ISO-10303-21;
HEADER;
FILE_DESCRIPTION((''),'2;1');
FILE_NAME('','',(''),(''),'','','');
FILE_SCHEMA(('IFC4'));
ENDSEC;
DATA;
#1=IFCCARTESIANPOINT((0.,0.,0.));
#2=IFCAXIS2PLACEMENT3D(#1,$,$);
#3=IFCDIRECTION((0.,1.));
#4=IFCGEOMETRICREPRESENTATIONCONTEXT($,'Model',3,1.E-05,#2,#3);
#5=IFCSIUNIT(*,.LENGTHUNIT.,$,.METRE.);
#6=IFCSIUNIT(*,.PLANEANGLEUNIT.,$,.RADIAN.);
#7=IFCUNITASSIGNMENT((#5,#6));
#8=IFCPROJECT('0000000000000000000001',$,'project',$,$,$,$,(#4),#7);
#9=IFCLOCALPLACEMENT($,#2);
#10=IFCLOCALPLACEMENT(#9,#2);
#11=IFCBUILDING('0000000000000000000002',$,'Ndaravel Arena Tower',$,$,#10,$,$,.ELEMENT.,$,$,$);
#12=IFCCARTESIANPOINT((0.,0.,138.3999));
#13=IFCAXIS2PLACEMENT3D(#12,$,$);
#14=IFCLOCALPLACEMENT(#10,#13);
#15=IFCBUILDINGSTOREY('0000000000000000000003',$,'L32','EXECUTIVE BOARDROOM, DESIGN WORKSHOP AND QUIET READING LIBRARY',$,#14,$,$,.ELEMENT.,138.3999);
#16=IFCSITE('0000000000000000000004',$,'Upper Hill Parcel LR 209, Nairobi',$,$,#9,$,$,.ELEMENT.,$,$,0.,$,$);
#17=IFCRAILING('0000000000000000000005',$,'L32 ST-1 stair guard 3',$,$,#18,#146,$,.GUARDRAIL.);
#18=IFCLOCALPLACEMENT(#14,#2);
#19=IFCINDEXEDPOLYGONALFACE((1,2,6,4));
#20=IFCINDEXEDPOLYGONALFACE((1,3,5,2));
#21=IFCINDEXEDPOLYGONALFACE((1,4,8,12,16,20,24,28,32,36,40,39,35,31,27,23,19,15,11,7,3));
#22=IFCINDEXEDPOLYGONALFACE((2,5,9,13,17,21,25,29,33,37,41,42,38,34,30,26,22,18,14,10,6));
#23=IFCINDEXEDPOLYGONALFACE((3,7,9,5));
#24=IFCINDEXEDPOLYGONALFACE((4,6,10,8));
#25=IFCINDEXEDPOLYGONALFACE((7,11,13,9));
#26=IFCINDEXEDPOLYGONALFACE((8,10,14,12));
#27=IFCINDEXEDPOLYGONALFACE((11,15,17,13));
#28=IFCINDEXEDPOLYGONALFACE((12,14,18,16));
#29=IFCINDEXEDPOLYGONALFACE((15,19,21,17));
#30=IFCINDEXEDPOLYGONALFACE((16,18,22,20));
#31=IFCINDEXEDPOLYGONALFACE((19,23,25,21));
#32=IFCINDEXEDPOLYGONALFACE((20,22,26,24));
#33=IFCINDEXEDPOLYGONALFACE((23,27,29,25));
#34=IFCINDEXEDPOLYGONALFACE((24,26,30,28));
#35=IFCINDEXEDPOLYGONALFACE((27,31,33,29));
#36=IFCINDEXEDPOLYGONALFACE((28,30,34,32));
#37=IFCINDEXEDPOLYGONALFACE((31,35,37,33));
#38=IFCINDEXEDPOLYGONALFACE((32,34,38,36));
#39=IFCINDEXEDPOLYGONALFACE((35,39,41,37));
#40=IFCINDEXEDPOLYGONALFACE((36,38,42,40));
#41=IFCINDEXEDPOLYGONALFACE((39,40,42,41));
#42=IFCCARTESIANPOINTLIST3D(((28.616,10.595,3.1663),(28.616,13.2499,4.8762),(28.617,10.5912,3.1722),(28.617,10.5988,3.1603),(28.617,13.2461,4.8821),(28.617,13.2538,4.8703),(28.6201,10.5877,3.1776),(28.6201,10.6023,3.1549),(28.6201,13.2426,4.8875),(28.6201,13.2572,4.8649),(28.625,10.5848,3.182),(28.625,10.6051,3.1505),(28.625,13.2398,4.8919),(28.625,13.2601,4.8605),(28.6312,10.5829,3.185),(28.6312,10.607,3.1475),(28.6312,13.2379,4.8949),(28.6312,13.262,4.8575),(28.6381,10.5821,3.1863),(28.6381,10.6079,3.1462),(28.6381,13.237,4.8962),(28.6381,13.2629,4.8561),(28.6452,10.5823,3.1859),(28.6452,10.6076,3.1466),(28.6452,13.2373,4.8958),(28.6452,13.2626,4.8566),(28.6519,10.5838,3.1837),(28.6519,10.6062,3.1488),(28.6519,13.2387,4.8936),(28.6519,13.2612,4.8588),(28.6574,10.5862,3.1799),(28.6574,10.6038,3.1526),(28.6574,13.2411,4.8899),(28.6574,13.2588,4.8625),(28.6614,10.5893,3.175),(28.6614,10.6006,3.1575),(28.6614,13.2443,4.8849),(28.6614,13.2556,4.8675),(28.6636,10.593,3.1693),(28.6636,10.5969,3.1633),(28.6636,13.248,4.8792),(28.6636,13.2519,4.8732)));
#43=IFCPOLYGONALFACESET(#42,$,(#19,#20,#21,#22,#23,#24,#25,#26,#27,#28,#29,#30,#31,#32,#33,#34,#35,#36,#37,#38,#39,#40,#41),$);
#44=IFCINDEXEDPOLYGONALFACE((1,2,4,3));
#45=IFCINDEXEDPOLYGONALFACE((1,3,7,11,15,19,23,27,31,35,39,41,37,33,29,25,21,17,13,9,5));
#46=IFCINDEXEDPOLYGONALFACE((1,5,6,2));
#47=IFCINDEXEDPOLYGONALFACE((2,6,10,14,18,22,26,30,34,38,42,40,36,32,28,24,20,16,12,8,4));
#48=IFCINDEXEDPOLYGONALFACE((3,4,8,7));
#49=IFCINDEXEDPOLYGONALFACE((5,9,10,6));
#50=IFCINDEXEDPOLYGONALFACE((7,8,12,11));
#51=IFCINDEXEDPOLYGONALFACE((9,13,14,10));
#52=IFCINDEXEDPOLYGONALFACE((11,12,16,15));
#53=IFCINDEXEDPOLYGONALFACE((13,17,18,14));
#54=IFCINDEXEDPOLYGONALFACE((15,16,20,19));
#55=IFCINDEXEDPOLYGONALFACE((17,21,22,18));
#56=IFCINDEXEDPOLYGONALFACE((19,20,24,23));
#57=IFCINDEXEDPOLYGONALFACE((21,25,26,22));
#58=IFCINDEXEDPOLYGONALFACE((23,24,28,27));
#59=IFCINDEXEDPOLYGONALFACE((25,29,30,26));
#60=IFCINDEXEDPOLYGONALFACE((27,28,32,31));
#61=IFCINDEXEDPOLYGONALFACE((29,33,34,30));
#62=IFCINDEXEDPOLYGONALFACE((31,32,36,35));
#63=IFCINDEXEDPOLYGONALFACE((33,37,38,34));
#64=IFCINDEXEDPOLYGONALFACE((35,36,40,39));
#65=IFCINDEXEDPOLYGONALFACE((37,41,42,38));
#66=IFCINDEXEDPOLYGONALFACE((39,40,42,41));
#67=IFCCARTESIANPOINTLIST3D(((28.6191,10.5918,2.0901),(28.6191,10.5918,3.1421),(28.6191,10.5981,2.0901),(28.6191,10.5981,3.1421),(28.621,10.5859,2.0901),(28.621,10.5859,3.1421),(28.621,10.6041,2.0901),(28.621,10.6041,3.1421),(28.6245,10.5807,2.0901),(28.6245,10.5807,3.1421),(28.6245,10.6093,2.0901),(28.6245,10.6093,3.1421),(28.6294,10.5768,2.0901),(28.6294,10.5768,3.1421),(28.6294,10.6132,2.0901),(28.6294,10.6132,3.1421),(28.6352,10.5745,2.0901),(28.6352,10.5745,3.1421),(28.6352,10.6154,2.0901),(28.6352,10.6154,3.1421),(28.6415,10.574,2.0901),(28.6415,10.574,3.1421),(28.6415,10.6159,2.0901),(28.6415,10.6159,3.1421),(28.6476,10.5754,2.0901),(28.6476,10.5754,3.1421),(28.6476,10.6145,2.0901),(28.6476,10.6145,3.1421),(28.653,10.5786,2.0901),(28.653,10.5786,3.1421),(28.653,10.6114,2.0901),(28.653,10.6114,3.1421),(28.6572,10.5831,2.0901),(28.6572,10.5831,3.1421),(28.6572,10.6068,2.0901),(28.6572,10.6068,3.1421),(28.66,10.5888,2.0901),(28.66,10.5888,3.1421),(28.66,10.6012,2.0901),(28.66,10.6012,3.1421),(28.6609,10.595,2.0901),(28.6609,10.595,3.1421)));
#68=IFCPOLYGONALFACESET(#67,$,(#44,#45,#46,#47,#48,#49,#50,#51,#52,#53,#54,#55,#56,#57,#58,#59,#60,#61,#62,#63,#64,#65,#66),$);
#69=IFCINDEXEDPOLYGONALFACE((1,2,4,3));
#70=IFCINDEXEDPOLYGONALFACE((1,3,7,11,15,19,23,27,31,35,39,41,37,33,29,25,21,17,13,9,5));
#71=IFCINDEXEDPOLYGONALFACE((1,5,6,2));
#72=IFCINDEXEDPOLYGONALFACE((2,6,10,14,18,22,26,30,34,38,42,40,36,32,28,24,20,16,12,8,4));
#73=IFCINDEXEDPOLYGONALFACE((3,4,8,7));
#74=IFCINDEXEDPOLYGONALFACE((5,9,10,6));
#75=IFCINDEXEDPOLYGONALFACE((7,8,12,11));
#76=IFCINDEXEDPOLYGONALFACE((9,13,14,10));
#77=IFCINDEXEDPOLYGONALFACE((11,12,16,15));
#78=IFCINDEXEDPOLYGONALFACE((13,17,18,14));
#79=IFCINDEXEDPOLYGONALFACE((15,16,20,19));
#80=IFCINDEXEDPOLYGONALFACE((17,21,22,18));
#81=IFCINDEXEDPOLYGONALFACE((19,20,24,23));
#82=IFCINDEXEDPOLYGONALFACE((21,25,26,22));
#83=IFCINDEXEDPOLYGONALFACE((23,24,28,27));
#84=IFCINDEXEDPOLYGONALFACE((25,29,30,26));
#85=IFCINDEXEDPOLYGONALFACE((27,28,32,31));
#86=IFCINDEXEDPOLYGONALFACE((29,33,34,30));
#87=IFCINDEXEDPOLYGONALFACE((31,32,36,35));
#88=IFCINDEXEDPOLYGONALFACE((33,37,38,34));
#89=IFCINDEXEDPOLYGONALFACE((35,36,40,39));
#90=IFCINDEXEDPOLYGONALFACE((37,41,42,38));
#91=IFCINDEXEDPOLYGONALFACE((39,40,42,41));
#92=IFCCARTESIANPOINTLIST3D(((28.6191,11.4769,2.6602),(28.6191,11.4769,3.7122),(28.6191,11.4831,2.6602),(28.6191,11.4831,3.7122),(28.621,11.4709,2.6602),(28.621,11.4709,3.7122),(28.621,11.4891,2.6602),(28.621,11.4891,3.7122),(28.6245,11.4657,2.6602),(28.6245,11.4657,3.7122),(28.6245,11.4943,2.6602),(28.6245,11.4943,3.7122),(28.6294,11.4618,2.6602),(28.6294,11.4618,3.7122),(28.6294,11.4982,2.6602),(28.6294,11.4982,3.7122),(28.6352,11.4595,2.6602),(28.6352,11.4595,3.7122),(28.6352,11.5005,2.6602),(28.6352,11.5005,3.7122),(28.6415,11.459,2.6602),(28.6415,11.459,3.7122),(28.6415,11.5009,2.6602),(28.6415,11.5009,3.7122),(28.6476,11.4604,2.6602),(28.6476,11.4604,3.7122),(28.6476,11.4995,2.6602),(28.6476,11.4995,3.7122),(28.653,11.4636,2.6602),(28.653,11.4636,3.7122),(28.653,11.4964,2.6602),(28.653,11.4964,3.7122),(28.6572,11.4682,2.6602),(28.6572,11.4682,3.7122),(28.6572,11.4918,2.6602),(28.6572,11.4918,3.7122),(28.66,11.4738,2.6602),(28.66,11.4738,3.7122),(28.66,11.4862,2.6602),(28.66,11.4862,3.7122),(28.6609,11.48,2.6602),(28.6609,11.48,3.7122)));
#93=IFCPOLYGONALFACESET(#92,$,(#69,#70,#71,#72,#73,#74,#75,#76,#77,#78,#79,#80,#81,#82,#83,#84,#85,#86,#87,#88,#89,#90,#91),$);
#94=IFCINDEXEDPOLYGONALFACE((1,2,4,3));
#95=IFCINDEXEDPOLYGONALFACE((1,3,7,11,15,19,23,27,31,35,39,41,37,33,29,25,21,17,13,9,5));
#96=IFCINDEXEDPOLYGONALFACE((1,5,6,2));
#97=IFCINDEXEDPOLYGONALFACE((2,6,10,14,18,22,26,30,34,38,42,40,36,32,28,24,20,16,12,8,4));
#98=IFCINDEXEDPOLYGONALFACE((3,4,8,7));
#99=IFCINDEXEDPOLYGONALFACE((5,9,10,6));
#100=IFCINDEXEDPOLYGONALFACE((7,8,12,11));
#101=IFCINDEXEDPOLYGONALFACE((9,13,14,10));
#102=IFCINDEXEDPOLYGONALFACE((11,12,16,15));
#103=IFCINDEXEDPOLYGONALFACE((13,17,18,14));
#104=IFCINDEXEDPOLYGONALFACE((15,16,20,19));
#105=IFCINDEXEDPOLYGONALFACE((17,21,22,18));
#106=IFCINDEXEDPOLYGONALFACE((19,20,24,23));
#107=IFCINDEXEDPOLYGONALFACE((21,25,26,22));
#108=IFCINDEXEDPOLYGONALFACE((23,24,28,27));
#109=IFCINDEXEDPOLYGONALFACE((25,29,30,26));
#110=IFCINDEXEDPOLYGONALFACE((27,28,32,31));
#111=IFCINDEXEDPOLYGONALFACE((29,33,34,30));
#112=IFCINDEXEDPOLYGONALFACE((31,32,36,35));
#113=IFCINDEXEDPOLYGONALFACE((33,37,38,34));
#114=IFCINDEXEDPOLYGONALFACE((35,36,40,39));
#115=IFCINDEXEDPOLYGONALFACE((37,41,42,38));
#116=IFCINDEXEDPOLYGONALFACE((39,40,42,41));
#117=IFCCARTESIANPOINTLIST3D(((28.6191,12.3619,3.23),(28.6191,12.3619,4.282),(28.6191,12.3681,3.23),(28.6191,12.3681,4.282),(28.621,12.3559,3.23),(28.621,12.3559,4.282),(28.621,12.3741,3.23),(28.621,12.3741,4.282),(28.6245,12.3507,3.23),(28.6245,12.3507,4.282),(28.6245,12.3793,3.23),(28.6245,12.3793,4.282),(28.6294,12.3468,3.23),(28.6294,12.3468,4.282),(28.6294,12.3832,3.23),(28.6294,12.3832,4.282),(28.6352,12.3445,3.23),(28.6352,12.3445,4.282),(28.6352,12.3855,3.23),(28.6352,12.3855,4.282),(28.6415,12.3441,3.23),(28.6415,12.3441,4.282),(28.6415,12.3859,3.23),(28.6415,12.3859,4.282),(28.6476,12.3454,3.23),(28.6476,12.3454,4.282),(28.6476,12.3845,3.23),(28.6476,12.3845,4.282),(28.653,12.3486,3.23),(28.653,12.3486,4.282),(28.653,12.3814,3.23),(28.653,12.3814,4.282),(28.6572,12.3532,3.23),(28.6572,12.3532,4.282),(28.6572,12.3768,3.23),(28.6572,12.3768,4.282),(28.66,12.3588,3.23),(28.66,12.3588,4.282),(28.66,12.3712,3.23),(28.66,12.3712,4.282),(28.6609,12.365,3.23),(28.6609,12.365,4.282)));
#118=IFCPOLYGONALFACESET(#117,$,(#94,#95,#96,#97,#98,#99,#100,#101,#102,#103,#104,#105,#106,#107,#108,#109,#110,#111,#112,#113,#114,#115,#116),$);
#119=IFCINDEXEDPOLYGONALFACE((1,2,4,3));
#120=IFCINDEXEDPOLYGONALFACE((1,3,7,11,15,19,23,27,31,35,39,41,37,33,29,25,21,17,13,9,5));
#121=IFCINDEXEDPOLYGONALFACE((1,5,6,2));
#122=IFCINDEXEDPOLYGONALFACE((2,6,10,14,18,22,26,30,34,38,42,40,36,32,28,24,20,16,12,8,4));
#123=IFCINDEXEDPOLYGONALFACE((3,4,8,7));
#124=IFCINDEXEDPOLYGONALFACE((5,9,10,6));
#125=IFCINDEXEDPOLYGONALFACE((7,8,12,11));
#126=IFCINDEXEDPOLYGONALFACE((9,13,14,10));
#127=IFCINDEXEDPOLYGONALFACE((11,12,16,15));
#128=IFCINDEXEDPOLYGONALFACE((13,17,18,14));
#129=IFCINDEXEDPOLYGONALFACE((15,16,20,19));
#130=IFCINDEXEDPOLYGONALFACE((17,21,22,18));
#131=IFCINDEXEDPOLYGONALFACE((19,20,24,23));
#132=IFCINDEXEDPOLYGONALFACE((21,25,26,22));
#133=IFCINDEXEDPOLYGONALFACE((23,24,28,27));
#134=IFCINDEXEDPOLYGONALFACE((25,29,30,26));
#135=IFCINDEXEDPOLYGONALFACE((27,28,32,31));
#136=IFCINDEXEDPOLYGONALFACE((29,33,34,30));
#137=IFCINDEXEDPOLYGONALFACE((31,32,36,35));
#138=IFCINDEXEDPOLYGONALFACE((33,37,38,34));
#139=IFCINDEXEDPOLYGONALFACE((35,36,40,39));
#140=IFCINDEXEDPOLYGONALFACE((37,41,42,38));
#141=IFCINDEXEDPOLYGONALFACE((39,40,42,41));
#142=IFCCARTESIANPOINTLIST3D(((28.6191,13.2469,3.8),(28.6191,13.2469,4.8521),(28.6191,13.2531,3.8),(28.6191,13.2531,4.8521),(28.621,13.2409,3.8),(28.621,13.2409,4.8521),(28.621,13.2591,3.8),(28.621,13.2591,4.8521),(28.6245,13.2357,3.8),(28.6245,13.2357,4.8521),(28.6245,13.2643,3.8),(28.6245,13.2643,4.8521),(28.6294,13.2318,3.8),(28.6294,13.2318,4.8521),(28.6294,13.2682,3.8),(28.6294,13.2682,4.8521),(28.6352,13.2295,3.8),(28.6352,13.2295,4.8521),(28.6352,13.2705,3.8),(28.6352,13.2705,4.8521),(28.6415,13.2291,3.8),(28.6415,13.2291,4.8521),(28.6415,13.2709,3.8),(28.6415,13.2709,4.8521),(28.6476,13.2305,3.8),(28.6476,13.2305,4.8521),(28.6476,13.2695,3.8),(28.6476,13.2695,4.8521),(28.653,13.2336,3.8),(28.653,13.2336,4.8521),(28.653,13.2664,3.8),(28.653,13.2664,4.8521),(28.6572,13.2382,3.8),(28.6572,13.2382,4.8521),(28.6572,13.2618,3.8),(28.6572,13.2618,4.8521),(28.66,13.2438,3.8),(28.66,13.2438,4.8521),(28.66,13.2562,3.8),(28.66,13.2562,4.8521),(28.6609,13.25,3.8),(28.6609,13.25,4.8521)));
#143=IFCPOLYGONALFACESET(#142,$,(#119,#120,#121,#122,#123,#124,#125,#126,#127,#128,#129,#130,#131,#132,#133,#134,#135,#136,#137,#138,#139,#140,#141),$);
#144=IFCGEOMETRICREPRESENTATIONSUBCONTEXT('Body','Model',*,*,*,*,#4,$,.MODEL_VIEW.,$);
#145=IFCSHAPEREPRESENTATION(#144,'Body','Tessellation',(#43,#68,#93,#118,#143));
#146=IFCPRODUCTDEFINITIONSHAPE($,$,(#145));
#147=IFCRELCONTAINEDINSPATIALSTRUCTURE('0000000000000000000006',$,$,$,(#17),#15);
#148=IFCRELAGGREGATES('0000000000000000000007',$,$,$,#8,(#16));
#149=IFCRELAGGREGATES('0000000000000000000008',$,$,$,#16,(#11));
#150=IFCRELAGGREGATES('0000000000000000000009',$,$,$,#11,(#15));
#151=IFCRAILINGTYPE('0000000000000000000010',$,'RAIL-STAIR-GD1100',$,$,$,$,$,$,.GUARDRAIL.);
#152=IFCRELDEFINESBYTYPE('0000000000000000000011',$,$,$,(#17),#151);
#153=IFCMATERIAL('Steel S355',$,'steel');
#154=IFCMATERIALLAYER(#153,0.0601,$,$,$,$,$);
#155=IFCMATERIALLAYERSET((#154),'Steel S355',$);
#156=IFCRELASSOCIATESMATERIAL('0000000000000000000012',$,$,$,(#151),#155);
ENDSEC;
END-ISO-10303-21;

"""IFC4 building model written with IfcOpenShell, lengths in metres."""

from ifc_helpers import new_model, si_unit, direction, frame, origin, origin_2d, place, context, subcontext, project, spatial, circle, extrude, material, layer, layer_set, type_object, element, save


model = new_model("IFC4")

# Units and contexts
model_context = context("Model", 3, precision=1e-05, world=origin(), true_north=direction((0.0, 1.0)))
body_context = subcontext(model_context, "Body", "Model", "MODEL_VIEW")
ifc_project = project(units=[si_unit("LENGTHUNIT", "METRE"), si_unit("PLANEANGLEUNIT", "RADIAN")], contexts=[model_context])

# Site, building, storey
site_placement = place(None, origin())
site = spatial("IfcSite", under=ifc_project, at=site_placement, Name="Upper Hill Parcel LR 209, Nairobi", CompositionType="ELEMENT", RefElevation=0.0)
building_placement = place(site_placement, origin())
building = spatial("IfcBuilding", under=site, at=building_placement, Name="Ndaravel Arena Tower", CompositionType="ELEMENT")
storey_placement = place(building_placement, frame((0.0, 0.0, 138.3999)))
storey = spatial("IfcBuildingStorey", under=building, at=storey_placement, Name="L32", Description="EXECUTIVE BOARDROOM, DESIGN WORKSHOP AND QUIET READING LIBRARY", CompositionType="ELEMENT", Elevation=138.3999)

# Railing
ifc_material_1 = material(Name="Steel S355", Category="steel")
ifc_layer_1 = layer(ifc_material_1, 0.0601)
ifc_layer_set_1 = layer_set([ifc_layer_1], Name="Steel S355")
railing_type_1 = type_object("IfcRailingType", Name="RAIL-STAIR-GD1100", PredefinedType="GUARDRAIL", material=ifc_layer_set_1)
railing_1_placement = place(storey_placement, frame((28.6399, 10.595, 2.0901)))
element("IfcRailing", 1, at=railing_1_placement, inside=storey, type_object=railing_type_1, Name="L32 ST-1 stair guard 3", PredefinedType="GUARDRAIL", context=body_context, shape_type="SweptSolid", body=[
    extrude(circle(Radius=0.0239, at=origin_2d()), frame((0.0, 0.0, 1.0762), z_axis=(0.0, 0.840724, 0.541465), x_axis=(-1.0, 0.0, 0.0)), (0.0, 0.0, 1.0), 3.158),
    extrude(circle(Radius=0.021, at=origin_2d()), origin(), (0.0, 0.0, 1.0), 1.052),
    extrude(circle(Radius=0.021, at=origin_2d()), frame((0.0, 0.885, 0.5701)), (0.0, 0.0, 1.0), 1.052),
    extrude(circle(Radius=0.021, at=origin_2d()), frame((0.0, 1.77, 1.1399)), (0.0, 0.0, 1.0), 1.052),
    extrude(circle(Radius=0.021, at=origin_2d()), frame((0.0, 2.655, 1.71)), (0.0, 0.0, 1.0), 1.052),
])

save(model, "model.ifc")
